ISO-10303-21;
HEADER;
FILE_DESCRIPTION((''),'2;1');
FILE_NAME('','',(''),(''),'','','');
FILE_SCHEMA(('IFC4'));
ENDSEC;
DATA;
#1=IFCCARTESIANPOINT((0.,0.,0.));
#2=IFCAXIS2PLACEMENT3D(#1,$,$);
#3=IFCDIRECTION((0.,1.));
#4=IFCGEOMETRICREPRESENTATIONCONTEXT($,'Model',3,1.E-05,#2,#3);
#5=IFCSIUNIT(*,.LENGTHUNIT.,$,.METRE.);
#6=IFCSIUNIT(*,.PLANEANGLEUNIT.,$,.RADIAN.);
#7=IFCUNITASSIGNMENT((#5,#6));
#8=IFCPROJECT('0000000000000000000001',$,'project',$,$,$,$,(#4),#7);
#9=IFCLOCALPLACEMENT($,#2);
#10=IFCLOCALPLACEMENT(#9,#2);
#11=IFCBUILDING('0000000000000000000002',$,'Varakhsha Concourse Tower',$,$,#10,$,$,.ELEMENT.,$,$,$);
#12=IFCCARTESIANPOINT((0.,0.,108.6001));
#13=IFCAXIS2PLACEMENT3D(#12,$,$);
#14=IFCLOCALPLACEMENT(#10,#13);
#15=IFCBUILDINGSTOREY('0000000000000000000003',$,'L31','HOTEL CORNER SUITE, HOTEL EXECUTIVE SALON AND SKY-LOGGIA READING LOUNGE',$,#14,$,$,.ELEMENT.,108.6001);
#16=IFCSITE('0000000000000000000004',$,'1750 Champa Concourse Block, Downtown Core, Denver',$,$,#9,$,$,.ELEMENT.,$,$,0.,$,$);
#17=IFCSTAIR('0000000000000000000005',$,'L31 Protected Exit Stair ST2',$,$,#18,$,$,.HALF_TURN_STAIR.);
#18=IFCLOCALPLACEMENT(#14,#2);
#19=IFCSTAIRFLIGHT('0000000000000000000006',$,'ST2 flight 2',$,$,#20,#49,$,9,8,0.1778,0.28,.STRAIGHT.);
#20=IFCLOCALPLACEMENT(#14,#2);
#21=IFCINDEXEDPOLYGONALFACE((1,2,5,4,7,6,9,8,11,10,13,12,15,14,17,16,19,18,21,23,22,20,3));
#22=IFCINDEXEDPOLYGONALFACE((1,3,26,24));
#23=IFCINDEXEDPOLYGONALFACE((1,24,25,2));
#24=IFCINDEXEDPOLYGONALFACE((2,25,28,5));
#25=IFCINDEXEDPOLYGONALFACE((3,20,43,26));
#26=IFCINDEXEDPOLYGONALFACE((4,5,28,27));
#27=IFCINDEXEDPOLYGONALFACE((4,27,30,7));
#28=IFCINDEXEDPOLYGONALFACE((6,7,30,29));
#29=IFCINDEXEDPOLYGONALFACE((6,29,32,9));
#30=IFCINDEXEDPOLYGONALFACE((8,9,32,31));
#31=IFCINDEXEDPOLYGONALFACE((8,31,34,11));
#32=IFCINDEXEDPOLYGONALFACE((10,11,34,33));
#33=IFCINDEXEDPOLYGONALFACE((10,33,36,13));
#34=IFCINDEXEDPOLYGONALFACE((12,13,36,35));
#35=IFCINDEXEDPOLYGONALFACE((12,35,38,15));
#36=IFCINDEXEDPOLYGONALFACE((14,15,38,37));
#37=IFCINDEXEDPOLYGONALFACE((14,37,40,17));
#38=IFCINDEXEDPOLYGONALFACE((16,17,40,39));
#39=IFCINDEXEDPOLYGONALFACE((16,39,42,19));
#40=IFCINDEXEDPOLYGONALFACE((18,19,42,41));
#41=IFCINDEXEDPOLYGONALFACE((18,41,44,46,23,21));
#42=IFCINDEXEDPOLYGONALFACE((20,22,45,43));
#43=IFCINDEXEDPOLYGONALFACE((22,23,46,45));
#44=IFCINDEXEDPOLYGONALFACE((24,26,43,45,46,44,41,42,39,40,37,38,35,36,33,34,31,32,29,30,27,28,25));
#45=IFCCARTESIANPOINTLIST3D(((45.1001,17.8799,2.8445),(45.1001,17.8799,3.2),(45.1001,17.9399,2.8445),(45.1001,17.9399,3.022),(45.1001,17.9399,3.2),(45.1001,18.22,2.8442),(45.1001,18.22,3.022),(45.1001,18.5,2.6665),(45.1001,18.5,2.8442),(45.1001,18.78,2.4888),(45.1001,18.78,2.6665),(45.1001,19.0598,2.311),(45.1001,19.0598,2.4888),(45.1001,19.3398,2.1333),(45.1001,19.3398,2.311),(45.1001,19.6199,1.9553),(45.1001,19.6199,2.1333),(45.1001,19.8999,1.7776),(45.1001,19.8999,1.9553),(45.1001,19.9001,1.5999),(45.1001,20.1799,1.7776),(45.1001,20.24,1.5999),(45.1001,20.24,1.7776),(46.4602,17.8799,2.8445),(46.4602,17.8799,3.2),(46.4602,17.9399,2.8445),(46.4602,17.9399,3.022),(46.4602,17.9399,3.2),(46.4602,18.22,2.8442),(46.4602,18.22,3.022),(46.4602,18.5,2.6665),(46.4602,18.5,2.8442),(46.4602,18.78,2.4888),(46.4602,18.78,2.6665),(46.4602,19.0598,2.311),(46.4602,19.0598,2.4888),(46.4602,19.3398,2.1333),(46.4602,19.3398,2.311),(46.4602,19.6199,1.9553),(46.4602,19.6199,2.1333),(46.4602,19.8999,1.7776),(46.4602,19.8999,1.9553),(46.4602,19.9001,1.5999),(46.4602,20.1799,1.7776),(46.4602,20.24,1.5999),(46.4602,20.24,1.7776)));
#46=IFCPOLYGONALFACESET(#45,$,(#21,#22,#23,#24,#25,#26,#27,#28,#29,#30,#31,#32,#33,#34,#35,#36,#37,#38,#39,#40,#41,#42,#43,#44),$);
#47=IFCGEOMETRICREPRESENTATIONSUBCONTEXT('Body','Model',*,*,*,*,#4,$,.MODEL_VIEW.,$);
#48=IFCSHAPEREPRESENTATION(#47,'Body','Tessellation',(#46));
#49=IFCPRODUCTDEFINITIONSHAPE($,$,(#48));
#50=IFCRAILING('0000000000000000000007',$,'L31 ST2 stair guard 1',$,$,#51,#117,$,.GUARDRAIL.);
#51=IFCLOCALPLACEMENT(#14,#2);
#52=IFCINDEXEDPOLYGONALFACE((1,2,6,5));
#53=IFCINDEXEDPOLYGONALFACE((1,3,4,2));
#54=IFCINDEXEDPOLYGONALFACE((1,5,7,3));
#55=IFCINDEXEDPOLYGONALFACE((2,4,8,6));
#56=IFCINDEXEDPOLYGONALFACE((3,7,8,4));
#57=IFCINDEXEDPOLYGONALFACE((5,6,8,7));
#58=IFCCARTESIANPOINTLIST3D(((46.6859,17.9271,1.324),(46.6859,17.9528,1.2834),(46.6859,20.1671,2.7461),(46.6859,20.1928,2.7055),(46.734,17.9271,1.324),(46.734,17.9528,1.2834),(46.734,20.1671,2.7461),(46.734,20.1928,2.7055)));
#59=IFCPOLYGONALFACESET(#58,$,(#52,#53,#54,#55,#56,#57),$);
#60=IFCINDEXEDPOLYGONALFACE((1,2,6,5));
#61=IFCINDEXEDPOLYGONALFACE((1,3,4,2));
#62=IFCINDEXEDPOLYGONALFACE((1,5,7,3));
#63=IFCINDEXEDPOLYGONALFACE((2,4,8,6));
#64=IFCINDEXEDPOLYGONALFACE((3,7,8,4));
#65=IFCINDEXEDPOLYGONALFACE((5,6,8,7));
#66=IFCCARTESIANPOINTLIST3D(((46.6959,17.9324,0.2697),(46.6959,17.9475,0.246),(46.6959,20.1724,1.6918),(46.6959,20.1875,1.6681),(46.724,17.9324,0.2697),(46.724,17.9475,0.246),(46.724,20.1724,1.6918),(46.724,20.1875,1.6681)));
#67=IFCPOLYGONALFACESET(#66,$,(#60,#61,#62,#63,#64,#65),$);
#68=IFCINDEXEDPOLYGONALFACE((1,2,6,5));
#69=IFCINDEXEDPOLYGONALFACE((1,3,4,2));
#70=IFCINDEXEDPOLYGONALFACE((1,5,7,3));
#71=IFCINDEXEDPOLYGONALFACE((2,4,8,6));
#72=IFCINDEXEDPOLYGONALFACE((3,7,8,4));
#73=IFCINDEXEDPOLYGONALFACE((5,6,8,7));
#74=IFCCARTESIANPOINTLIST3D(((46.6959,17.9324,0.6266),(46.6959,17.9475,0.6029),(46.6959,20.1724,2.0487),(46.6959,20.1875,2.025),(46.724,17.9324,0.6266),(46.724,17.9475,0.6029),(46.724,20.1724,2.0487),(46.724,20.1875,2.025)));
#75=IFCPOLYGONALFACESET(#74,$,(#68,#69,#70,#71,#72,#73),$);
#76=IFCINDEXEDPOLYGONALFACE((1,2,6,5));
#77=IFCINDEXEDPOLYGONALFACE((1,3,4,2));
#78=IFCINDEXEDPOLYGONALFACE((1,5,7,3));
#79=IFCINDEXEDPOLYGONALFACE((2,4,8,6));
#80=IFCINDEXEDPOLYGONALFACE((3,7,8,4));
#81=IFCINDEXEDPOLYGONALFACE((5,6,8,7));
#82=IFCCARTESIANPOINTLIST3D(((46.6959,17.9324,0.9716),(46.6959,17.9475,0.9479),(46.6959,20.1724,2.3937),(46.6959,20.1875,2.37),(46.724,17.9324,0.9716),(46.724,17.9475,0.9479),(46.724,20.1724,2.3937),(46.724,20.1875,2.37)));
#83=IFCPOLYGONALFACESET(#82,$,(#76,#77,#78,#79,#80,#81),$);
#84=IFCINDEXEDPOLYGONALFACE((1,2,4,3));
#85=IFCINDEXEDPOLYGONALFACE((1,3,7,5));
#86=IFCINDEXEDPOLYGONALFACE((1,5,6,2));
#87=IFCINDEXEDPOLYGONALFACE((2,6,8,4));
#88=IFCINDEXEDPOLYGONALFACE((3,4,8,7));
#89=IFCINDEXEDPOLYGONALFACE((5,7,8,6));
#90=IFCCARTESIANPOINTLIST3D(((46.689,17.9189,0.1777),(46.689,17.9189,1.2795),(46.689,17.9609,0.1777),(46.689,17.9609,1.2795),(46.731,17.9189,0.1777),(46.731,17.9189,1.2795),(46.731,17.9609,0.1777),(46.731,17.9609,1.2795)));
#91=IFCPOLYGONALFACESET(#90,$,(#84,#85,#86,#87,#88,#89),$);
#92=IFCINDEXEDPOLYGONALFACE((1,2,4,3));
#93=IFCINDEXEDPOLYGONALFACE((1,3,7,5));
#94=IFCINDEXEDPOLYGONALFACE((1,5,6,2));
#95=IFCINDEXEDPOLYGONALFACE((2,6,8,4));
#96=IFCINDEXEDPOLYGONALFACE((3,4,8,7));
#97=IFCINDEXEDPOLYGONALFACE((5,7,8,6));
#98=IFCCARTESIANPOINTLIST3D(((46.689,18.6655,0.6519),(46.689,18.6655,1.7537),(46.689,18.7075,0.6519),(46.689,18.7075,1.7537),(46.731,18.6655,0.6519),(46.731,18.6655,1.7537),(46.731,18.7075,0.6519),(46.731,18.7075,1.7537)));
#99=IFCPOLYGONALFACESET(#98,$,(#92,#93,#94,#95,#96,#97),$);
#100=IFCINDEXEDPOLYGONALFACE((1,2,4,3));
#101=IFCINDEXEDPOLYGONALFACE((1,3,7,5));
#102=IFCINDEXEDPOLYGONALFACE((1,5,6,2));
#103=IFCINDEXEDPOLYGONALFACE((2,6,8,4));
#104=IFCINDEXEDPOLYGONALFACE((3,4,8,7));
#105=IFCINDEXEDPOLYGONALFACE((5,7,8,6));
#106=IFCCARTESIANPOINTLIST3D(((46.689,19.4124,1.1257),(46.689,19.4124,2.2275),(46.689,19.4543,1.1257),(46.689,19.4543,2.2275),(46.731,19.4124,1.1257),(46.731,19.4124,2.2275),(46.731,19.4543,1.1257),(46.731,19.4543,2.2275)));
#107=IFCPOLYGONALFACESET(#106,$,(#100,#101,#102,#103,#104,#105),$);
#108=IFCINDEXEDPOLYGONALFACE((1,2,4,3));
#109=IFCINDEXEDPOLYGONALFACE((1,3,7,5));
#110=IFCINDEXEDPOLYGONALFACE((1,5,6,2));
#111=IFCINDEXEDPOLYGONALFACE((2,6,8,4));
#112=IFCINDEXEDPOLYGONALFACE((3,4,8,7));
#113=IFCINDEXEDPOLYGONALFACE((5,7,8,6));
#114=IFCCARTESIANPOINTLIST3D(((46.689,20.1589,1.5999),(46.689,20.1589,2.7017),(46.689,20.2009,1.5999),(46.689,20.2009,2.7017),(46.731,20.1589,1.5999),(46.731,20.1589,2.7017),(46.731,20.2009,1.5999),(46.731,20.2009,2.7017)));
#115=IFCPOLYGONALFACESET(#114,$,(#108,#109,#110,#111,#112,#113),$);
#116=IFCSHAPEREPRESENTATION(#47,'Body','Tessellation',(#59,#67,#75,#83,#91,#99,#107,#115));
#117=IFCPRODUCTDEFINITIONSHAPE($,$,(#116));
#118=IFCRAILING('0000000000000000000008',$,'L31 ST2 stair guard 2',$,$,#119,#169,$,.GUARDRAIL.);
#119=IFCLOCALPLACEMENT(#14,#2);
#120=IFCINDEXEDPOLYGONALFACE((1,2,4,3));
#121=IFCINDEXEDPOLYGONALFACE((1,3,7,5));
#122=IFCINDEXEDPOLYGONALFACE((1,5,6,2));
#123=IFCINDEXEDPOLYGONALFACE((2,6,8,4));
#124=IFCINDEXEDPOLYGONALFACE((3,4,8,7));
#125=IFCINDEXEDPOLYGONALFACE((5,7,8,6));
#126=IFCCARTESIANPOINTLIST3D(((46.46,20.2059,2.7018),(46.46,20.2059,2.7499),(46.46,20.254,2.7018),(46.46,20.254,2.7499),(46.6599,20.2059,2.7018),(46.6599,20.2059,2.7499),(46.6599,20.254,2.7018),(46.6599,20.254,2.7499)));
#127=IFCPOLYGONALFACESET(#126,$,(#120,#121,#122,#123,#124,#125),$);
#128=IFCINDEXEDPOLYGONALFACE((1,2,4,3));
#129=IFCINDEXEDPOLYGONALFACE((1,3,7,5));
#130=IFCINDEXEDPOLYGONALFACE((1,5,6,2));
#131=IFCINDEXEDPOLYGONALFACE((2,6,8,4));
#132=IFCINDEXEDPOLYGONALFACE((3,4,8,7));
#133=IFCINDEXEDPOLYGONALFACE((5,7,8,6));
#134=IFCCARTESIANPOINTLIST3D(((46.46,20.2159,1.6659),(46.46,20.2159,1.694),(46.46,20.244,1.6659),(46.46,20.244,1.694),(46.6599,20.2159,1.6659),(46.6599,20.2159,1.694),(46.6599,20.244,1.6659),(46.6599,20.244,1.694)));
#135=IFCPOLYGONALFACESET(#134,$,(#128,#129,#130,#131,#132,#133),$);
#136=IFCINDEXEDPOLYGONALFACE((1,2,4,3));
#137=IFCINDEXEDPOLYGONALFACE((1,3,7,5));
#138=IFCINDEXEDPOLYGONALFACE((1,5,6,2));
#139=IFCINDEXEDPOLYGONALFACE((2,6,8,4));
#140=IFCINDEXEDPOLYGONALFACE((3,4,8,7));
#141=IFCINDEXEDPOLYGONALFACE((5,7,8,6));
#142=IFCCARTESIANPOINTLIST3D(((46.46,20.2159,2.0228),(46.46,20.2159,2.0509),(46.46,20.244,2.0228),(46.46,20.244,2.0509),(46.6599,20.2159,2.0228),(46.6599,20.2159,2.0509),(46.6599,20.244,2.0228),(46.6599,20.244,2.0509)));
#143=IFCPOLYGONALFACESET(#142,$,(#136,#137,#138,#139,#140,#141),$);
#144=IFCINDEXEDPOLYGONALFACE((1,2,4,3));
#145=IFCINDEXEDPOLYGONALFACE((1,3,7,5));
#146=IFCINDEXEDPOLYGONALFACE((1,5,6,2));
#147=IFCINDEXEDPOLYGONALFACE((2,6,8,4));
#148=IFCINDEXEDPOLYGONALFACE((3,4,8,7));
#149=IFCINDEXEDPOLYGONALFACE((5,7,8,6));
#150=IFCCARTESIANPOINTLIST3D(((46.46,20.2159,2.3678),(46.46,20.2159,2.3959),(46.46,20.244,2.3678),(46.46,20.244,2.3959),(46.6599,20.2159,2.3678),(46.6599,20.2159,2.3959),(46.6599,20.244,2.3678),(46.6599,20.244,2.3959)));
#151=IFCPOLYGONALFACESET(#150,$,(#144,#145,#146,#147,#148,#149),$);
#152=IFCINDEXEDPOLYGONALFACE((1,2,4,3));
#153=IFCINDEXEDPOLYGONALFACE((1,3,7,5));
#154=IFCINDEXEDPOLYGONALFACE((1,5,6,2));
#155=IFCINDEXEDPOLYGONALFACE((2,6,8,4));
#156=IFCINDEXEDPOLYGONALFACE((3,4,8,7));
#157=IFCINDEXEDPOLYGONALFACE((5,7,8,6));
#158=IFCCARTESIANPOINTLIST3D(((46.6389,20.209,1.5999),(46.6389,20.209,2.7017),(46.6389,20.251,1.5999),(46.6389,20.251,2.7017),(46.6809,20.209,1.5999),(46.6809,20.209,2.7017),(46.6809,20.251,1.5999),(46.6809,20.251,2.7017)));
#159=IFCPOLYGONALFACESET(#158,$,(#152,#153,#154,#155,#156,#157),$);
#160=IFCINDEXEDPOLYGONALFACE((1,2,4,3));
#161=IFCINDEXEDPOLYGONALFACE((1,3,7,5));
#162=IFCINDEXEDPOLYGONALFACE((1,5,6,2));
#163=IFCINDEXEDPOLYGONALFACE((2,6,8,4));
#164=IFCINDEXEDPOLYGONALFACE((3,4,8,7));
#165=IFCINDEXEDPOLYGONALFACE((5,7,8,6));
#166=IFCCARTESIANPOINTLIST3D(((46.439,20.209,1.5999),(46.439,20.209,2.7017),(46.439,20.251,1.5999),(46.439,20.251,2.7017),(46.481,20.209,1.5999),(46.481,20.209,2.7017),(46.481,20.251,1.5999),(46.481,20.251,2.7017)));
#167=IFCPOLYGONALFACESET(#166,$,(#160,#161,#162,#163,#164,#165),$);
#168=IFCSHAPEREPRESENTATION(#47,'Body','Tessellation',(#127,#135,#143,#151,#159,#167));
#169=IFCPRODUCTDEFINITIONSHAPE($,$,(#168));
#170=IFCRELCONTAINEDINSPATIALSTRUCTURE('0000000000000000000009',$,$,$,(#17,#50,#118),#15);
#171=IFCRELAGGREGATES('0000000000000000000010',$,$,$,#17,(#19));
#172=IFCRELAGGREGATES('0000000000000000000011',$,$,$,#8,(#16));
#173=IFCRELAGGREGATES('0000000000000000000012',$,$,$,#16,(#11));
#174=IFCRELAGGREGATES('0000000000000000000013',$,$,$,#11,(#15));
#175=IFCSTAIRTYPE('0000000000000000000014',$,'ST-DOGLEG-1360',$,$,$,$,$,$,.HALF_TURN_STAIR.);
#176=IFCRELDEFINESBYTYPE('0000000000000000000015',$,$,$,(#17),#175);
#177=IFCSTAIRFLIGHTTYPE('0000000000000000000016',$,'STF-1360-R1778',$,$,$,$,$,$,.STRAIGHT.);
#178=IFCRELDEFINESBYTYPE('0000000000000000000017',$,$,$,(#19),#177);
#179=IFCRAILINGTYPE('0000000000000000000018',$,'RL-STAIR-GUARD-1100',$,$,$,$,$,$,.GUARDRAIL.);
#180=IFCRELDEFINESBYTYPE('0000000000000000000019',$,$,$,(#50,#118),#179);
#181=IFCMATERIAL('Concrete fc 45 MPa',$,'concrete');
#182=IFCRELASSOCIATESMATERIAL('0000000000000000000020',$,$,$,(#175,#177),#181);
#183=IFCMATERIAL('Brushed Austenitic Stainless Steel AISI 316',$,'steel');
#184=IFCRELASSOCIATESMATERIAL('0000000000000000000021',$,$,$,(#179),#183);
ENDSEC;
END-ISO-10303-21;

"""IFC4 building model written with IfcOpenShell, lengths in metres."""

from ifc_helpers import new_model, si_unit, direction, frame, origin, origin_2d, place, context, subcontext, project, spatial, polyline, rectangle, outline, extrude, material, type_object, element, aggregate, save


model = new_model("IFC4")

# Units and contexts
model_context = context("Model", 3, precision=1e-05, world=origin(), true_north=direction((0.0, 1.0)))
body_context = subcontext(model_context, "Body", "Model", "MODEL_VIEW")
ifc_project = project(units=[si_unit("LENGTHUNIT", "METRE"), si_unit("PLANEANGLEUNIT", "RADIAN")], contexts=[model_context])

# Site, building, storey
site_placement = place(None, origin())
site = spatial("IfcSite", under=ifc_project, at=site_placement, Name="1750 Champa Concourse Block, Downtown Core, Denver", CompositionType="ELEMENT", RefElevation=0.0)
building_placement = place(site_placement, origin())
building = spatial("IfcBuilding", under=site, at=building_placement, Name="Varakhsha Concourse Tower", CompositionType="ELEMENT")
storey_placement = place(building_placement, frame((0.0, 0.0, 108.6001)))
storey = spatial("IfcBuildingStorey", under=building, at=storey_placement, Name="L31", Description="HOTEL CORNER SUITE, HOTEL EXECUTIVE SALON AND SKY-LOGGIA READING LOUNGE", CompositionType="ELEMENT", Elevation=108.6001)

# Shared definitions
ifc_material_1 = material(Name="Concrete fc 45 MPa", Category="concrete")

# Stair, stair flight
stair_type = type_object("IfcStairType", Name="ST-DOGLEG-1360", PredefinedType="HALF_TURN_STAIR", material=ifc_material_1)
stair_placement = place(storey_placement, origin())
stair = element("IfcStair", 1, at=stair_placement, inside=storey, type_object=stair_type, Name="L31 Protected Exit Stair ST2", PredefinedType="HALF_TURN_STAIR")
stair_flight_type = type_object("IfcStairFlightType", Name="STF-1360-R1778", PredefinedType="STRAIGHT", material=ifc_material_1)
stair_flight_1_placement = place(storey_placement, frame((45.78, 20.1799, 1.5999), z_axis=(0.0, 0.0, 1.0), x_axis=(0.0, -1.0, 0.0)))
stair_flight_1 = element("IfcStairFlight", 2, at=stair_flight_1_placement, type_object=stair_flight_type, Name="ST2 flight 2", NumberOfRisers=9, NumberOfTreads=8, PredefinedType="STRAIGHT", RiserHeight=0.1778, TreadLength=0.28, context=body_context, shape_type="SweptSolid", body=[
    extrude(outline(polyline([(-0.0601, 0.0), (-0.0601, 0.1777), (0.0, 0.1777), (0.28, 0.1777), (0.28, 0.3555), (0.5601, 0.3555), (0.5601, 0.5334), (0.8401, 0.5334), (0.8401, 0.7112), (1.1201, 0.7112), (1.1201, 0.8889), (1.3999, 0.8889), (1.3999, 1.0667), (1.6799, 1.0667), (1.6799, 1.2444), (1.96, 1.2444), (1.96, 1.4221), (2.24, 1.4221), (2.24, 1.6001), (2.3, 1.6001), (2.3, 1.2446), (2.24, 1.2446), (0.2798, 0.0), (-0.0601, 0.0)])), frame((0.0, 0.6802, 0.0), z_axis=(0.0, -1.0, 0.0), x_axis=(1.0, 0.0, 0.0)), (0.0, 0.0, 1.0), 1.3601),
])
aggregate(stair, [stair_flight_1])

# Railings
ifc_material_2 = material(Name="Brushed Austenitic Stainless Steel AISI 316", Category="steel")
railing_type_1 = type_object("IfcRailingType", Name="RL-STAIR-GUARD-1100", PredefinedType="GUARDRAIL", material=ifc_material_2)
railing_1_placement = place(storey_placement, frame((46.71, 17.9399, 0.1777)))
element("IfcRailing", 3, at=railing_1_placement, inside=storey, type_object=railing_type_1, Name="L31 ST2 stair guard 1", PredefinedType="GUARDRAIL", context=body_context, shape_type="SweptSolid", body=[
    extrude(rectangle(XDim=0.0481, YDim=0.0481, at=origin_2d()), frame((0.0, 0.0, 1.126), z_axis=(0.0, 0.844229, 0.535982), x_axis=(-1.0, 0.0, 0.0)), (0.0, 0.0, 1.0), 2.6533),
    extrude(rectangle(XDim=0.0281, YDim=0.0281, at=origin_2d()), frame((0.0, 0.0, 0.0801), z_axis=(0.0, 0.844229, 0.535982), x_axis=(-1.0, 0.0, 0.0)), (0.0, 0.0, 1.0), 2.6533),
    extrude(rectangle(XDim=0.0281, YDim=0.0281, at=origin_2d()), frame((0.0, 0.0, 0.437), z_axis=(0.0, 0.844229, 0.535982), x_axis=(-1.0, 0.0, 0.0)), (0.0, 0.0, 1.0), 2.6533),
    extrude(rectangle(XDim=0.0281, YDim=0.0281, at=origin_2d()), frame((0.0, 0.0, 0.782), z_axis=(0.0, 0.844229, 0.535982), x_axis=(-1.0, 0.0, 0.0)), (0.0, 0.0, 1.0), 2.6533),
    extrude(rectangle(XDim=0.042, YDim=0.042, at=origin_2d()), origin(), (0.0, 0.0, 1.0), 1.1018),
    extrude(rectangle(XDim=0.042, YDim=0.042, at=origin_2d()), frame((0.0, 0.7466, 0.4741)), (0.0, 0.0, 1.0), 1.1018),
    extrude(rectangle(XDim=0.042, YDim=0.042, at=origin_2d()), frame((0.0, 1.4934, 0.948)), (0.0, 0.0, 1.0), 1.1018),
    extrude(rectangle(XDim=0.042, YDim=0.042, at=origin_2d()), frame((0.0, 2.24, 1.4221)), (0.0, 0.0, 1.0), 1.1018),
])
railing_2_placement = place(storey_placement, frame((46.6599, 20.23, 1.5999)))
element("IfcRailing", 4, at=railing_2_placement, inside=storey, type_object=railing_type_1, Name="L31 ST2 stair guard 2", PredefinedType="GUARDRAIL", context=body_context, shape_type="SweptSolid", body=[
    extrude(rectangle(XDim=0.0481, YDim=0.0481, at=origin_2d()), frame((0.0, 0.0, 1.126), z_axis=(-1.0, 0.0, 0.0), x_axis=(0.0, -1.0, 0.0)), (0.0, 0.0, 1.0), 0.2),
    extrude(rectangle(XDim=0.0281, YDim=0.0281, at=origin_2d()), frame((0.0, 0.0, 0.0801), z_axis=(-1.0, 0.0, 0.0), x_axis=(0.0, -1.0, 0.0)), (0.0, 0.0, 1.0), 0.2),
    extrude(rectangle(XDim=0.0281, YDim=0.0281, at=origin_2d()), frame((0.0, 0.0, 0.437), z_axis=(-1.0, 0.0, 0.0), x_axis=(0.0, -1.0, 0.0)), (0.0, 0.0, 1.0), 0.2),
    extrude(rectangle(XDim=0.0281, YDim=0.0281, at=origin_2d()), frame((0.0, 0.0, 0.782), z_axis=(-1.0, 0.0, 0.0), x_axis=(0.0, -1.0, 0.0)), (0.0, 0.0, 1.0), 0.2),
    extrude(rectangle(XDim=0.042, YDim=0.042, at=origin_2d()), origin(), (0.0, 0.0, 1.0), 1.1018),
    extrude(rectangle(XDim=0.042, YDim=0.042, at=origin_2d()), frame((-0.2, 0.0, 0.0)), (0.0, 0.0, 1.0), 1.1018),
])

save(model, "model.ifc")
